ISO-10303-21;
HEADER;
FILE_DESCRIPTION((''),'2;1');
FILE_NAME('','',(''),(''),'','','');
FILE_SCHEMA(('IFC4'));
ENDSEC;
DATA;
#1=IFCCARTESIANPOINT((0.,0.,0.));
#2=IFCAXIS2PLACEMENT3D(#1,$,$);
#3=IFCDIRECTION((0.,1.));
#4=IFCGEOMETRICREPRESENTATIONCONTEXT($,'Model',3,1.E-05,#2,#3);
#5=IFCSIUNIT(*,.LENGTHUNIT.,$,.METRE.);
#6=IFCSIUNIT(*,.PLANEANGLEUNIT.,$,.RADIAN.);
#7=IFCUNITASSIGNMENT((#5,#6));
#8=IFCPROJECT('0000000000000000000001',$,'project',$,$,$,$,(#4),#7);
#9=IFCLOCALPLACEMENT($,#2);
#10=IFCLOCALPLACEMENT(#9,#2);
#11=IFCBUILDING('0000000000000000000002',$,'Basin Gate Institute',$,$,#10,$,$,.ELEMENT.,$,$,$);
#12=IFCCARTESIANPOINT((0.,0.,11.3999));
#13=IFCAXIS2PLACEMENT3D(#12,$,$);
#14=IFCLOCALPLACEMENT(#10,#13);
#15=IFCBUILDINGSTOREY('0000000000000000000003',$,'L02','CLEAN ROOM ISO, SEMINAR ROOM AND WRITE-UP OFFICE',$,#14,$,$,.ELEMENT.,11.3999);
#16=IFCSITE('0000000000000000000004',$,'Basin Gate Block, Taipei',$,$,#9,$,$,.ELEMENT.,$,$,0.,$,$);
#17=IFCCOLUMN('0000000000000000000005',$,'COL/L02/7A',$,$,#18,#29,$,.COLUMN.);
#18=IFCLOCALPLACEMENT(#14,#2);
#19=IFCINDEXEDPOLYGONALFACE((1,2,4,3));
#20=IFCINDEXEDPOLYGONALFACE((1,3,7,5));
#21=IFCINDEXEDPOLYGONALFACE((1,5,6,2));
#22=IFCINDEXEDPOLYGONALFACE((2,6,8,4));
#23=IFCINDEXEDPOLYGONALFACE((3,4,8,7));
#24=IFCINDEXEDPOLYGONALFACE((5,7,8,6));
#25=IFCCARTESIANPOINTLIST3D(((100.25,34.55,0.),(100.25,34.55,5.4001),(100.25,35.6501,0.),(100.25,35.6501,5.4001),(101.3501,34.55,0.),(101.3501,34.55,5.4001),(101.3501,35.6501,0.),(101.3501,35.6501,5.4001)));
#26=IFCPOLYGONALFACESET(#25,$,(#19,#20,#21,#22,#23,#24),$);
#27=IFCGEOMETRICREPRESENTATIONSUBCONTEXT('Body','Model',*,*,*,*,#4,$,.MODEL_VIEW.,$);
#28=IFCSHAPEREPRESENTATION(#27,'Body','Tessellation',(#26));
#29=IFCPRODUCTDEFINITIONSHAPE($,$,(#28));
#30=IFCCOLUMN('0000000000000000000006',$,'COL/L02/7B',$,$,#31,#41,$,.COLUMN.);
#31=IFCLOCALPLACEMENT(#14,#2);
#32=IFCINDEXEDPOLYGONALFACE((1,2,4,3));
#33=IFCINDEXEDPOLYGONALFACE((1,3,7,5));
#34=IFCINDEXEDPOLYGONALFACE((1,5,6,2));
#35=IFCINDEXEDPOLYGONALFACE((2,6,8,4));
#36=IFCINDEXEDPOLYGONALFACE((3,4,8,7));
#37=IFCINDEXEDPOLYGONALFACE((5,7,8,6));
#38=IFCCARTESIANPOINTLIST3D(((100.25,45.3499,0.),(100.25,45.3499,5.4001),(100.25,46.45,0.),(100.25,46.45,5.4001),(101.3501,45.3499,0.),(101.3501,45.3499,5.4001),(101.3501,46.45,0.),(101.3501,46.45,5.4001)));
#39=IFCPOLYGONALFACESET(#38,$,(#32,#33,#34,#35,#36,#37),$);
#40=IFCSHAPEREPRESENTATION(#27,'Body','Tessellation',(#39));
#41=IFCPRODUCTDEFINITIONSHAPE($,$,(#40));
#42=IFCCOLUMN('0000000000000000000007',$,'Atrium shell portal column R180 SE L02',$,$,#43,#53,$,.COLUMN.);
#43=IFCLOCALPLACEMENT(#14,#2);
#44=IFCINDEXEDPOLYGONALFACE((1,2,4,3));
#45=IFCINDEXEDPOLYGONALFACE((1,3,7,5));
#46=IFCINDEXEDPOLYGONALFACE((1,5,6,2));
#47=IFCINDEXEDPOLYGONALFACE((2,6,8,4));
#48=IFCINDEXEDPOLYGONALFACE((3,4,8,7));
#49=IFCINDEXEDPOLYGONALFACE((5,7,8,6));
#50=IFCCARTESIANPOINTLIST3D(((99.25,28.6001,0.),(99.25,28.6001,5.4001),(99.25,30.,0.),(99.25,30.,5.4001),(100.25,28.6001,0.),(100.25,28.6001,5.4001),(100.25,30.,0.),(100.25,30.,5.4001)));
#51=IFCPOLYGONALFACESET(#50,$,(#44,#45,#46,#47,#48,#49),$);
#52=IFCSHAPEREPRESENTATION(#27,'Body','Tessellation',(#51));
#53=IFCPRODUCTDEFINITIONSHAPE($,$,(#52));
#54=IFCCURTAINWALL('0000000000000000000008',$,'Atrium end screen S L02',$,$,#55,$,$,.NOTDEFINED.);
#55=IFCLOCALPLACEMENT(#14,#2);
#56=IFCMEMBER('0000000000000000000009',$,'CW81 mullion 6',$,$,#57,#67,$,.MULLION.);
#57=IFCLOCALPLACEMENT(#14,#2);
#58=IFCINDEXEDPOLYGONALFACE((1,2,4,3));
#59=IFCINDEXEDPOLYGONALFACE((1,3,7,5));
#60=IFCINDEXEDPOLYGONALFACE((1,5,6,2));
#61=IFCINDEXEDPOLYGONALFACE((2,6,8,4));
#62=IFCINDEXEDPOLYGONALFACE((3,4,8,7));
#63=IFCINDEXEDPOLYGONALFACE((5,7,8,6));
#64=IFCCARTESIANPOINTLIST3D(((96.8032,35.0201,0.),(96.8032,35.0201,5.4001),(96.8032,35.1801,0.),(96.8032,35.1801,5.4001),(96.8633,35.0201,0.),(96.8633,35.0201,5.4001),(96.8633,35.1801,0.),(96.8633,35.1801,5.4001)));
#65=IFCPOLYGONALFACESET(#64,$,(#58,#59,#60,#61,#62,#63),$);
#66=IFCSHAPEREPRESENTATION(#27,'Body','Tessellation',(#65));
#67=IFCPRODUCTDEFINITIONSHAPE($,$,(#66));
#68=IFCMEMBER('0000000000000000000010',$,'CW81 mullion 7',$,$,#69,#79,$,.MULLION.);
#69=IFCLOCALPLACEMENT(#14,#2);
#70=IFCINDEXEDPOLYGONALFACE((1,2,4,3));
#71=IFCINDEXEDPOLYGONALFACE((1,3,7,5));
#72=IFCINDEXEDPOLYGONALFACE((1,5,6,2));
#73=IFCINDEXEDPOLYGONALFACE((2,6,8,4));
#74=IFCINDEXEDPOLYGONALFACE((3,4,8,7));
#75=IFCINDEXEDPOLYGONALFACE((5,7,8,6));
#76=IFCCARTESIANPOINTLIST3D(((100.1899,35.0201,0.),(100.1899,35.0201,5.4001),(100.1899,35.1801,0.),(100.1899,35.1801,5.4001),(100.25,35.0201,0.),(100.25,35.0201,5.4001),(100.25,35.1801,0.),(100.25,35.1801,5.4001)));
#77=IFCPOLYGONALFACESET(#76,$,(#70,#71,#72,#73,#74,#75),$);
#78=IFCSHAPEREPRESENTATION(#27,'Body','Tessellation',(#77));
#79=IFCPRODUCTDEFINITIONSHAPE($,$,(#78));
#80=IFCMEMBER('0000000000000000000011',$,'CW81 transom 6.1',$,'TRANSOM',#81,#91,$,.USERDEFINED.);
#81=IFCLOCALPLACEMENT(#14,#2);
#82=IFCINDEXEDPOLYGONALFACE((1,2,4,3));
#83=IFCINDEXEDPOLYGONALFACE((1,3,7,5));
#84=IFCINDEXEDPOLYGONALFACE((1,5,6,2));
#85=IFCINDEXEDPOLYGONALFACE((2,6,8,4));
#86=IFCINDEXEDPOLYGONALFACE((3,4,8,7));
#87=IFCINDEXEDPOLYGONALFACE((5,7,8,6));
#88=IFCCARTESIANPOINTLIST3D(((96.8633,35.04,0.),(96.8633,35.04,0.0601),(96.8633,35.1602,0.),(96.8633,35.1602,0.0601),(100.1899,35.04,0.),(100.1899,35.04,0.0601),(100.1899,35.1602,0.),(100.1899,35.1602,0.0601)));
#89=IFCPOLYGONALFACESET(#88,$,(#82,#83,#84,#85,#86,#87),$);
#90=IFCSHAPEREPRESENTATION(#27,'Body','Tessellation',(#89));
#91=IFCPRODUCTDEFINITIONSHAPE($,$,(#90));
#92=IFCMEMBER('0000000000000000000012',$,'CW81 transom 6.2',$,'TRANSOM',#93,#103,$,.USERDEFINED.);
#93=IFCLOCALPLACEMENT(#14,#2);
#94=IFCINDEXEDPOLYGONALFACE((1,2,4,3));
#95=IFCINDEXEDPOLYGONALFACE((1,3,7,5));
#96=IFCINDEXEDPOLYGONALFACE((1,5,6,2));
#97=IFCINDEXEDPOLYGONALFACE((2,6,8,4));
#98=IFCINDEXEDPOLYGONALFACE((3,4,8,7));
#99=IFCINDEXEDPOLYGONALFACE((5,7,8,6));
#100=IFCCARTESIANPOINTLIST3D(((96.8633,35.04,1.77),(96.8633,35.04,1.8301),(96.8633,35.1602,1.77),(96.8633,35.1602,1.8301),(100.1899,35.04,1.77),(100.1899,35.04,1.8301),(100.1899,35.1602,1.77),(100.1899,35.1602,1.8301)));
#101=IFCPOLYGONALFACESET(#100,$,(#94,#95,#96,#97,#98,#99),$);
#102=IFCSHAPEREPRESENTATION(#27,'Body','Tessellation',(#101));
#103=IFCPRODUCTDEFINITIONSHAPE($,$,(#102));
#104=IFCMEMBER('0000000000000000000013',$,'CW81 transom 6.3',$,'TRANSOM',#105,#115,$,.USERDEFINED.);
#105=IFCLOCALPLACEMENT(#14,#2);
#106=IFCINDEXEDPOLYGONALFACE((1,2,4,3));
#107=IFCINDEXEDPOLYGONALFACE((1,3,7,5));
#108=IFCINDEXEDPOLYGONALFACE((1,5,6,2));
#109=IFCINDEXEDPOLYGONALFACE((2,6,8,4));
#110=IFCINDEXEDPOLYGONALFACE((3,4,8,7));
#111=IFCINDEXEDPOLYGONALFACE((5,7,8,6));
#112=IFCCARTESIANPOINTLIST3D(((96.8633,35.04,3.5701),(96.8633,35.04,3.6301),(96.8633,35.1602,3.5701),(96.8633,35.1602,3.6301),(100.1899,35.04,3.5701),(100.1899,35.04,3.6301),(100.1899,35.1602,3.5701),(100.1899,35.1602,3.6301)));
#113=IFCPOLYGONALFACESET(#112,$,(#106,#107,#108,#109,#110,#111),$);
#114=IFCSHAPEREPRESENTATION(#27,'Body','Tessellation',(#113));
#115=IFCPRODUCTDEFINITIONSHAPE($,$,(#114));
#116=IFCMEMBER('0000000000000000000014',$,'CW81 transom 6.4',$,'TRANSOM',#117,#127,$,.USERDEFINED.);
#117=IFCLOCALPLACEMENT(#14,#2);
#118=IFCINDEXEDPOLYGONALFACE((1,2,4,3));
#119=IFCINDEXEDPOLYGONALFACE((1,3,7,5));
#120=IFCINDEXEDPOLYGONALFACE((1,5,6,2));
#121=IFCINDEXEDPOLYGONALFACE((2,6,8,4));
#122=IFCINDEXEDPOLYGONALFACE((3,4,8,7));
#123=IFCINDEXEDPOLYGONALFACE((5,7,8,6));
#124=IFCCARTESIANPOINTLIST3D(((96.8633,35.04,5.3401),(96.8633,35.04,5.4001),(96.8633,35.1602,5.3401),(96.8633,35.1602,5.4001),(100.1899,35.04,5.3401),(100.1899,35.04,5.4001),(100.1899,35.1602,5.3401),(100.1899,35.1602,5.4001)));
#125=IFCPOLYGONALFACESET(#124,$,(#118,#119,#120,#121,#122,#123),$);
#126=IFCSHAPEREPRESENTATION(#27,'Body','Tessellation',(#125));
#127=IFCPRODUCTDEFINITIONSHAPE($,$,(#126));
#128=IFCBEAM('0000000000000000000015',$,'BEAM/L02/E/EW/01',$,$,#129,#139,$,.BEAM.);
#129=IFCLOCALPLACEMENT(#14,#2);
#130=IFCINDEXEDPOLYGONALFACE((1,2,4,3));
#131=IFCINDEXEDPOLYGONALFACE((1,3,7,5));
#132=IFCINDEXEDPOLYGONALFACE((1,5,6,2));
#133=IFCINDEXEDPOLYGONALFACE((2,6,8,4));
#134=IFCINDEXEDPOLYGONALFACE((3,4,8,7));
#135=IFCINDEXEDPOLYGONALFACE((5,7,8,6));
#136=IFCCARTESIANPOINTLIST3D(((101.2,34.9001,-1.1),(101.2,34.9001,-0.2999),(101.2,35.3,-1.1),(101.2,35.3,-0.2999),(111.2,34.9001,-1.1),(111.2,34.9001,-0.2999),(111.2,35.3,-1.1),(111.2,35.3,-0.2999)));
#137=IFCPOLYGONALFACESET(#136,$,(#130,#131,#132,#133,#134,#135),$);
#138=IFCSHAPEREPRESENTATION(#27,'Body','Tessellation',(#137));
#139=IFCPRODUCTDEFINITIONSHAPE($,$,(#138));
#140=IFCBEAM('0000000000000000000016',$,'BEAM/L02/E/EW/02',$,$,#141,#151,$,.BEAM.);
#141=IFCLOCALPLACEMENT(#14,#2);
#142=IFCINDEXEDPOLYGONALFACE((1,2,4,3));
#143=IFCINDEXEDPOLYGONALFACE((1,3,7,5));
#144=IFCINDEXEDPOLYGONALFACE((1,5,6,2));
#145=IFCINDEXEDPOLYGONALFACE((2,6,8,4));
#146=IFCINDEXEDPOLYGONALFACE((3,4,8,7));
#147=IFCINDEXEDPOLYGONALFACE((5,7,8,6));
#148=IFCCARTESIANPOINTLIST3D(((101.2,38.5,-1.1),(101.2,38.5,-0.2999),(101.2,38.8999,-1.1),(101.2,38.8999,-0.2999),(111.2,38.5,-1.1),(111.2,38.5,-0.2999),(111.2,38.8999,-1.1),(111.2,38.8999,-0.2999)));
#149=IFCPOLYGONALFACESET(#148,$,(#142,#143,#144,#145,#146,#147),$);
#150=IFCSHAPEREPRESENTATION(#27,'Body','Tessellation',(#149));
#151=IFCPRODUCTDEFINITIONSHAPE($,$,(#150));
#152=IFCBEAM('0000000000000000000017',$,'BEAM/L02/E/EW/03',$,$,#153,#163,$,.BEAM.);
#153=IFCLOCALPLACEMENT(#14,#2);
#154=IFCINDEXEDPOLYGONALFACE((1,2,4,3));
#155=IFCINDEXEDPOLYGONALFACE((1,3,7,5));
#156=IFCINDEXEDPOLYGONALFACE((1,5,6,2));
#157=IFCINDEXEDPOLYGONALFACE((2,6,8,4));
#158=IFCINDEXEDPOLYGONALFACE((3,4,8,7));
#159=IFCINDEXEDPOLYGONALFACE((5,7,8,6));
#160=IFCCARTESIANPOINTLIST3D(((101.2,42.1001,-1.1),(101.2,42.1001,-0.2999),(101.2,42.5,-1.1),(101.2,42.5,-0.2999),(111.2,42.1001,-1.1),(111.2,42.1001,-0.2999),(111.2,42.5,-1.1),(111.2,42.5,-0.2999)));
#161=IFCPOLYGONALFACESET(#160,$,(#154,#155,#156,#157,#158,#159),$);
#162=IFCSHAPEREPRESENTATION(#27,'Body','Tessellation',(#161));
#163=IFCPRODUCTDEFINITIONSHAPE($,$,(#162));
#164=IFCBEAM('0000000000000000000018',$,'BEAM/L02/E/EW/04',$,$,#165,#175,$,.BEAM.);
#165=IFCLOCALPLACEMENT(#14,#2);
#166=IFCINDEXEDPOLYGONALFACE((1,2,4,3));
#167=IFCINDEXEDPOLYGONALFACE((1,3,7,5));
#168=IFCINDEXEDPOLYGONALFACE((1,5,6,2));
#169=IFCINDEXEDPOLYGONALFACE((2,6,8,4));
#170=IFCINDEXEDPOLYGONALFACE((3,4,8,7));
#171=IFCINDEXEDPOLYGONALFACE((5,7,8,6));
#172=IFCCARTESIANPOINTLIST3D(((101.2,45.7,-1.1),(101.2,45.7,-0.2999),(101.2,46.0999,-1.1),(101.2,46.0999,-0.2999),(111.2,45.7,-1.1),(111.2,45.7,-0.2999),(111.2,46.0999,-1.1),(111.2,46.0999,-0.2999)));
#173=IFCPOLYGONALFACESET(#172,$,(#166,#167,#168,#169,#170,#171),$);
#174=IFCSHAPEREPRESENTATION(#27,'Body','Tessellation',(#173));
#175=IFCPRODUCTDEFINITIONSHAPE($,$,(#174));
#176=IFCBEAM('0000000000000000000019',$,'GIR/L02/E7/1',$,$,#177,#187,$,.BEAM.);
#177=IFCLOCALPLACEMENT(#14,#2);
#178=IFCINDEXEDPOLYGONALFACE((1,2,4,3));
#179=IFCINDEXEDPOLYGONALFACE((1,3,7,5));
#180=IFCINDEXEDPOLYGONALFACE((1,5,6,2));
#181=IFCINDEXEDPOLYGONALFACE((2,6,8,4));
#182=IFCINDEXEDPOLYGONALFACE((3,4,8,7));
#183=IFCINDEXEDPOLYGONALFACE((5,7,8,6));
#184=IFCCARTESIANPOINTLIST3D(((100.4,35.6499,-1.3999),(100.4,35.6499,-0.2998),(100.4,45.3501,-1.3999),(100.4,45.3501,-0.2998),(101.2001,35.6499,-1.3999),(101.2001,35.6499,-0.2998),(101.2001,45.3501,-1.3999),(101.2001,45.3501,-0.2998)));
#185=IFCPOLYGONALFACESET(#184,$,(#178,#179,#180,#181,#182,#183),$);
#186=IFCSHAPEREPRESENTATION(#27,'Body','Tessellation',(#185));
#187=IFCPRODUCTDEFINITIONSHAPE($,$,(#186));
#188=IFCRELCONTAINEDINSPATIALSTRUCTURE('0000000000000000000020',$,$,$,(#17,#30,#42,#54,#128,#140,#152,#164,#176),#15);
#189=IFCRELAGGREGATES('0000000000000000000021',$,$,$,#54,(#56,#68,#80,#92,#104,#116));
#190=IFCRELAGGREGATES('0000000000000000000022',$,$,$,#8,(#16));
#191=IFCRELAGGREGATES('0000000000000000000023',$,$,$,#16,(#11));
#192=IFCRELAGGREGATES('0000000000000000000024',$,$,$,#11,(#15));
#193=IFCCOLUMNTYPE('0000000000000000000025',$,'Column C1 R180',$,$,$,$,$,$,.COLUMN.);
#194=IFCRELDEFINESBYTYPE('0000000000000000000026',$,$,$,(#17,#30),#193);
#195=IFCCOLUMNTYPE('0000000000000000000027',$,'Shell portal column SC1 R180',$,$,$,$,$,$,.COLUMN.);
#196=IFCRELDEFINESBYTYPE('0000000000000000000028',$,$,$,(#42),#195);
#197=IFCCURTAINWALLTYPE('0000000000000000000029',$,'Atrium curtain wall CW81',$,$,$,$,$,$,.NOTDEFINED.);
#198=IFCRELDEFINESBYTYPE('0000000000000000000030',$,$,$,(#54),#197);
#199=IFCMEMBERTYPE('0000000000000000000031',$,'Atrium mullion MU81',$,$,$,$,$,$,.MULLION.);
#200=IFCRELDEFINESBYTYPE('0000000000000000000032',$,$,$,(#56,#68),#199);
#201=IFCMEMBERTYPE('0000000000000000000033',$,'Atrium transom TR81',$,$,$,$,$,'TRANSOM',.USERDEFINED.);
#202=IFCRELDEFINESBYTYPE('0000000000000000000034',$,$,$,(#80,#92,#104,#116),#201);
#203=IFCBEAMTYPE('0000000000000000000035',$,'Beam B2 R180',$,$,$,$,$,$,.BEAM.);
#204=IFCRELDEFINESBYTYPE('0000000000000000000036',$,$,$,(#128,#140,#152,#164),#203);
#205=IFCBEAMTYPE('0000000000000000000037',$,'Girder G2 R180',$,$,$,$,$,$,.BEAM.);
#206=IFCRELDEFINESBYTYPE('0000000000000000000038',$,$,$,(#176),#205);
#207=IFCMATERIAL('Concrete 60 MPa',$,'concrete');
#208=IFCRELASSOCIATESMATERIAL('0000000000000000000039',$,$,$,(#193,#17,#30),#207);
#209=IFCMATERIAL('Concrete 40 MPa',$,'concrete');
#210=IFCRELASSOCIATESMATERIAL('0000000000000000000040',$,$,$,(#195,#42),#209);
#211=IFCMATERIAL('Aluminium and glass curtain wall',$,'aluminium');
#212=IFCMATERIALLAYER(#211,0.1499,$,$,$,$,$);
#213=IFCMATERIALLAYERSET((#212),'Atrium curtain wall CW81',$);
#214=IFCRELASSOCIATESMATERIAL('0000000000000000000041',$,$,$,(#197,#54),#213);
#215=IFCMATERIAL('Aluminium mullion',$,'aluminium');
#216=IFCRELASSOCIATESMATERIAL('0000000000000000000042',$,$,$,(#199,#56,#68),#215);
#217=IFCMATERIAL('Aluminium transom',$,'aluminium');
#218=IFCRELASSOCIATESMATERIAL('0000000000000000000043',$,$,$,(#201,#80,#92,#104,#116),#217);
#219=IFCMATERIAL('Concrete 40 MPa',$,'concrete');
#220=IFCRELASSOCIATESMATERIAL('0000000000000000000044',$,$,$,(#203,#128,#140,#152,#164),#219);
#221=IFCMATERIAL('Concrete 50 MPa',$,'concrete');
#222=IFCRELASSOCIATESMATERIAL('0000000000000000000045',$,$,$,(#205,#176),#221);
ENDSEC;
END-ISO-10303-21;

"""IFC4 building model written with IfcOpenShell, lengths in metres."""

from ifc_helpers import new_model, si_unit, direction, frame, origin, origin_2d, place, context, subcontext, project, spatial, rectangle, extrude, material, layer, layer_set, material_profile, profile_set, type_object, element, aggregate, save


model = new_model("IFC4")

# Units and contexts
model_context = context("Model", 3, precision=1e-05, world=origin(), true_north=direction((0.0, 1.0)))
body_context = subcontext(model_context, "Body", "Model", "MODEL_VIEW")
ifc_project = project(units=[si_unit("LENGTHUNIT", "METRE"), si_unit("PLANEANGLEUNIT", "RADIAN")], contexts=[model_context])

# Site, building, storey
site_placement = place(None, origin())
site = spatial("IfcSite", under=ifc_project, at=site_placement, Name="Basin Gate Block, Taipei", CompositionType="ELEMENT", RefElevation=0.0)
building_placement = place(site_placement, origin())
building = spatial("IfcBuilding", under=site, at=building_placement, Name="Basin Gate Institute", CompositionType="ELEMENT")
storey_placement = place(building_placement, frame((0.0, 0.0, 11.3999)))
storey = spatial("IfcBuildingStorey", under=building, at=storey_placement, Name="L02", Description="CLEAN ROOM ISO, SEMINAR ROOM AND WRITE-UP OFFICE", CompositionType="ELEMENT", Elevation=11.3999)

# Columns
ifc_material_1 = material(Name="Concrete 60 MPa", Category="concrete")
ifc_material_profile_1 = material_profile(ifc_material_1, rectangle(XDim=1.1001, YDim=1.1001, at=origin_2d()), Name="Column C1 1100 x 1100")
ifc_profile_set_1 = profile_set([ifc_material_profile_1], Name="Concrete 60 MPa")
column_type_1 = type_object("IfcColumnType", Name="Column C1 R180", PredefinedType="COLUMN", material=ifc_profile_set_1)
for number, where, z_axis, x_axis, name in (
    (1, (100.8, 35.1001, 0.0), (0.0, 0.0, 1.0), (1.0, 0.0, 0.0), "COL/L02/7A"),
    (2, (100.8, 45.8999, 0.0), (0.0, 0.0, 1.0), (1.0, 0.0, 0.0), "COL/L02/7B"),
):
    element("IfcColumn", number, at=place(storey_placement, frame(where, z_axis=z_axis, x_axis=x_axis)), inside=storey, type_object=column_type_1, material=ifc_profile_set_1, Name=name, PredefinedType="COLUMN", context=body_context, shape_type="SweptSolid", body=[
        extrude(rectangle(XDim=1.1001, YDim=1.1001, at=origin_2d()), origin(), (0.0, 0.0, 1.0), 5.4001),
    ])
ifc_material_2 = material(Name="Concrete 40 MPa", Category="concrete")
ifc_material_profile_2 = material_profile(ifc_material_2, rectangle(XDim=1.0, YDim=1.3999, at=origin_2d()), Name="Shell portal column SC1 1000 x 1400")
ifc_profile_set_2 = profile_set([ifc_material_profile_2], Name="Concrete 40 MPa")
column_type_2 = type_object("IfcColumnType", Name="Shell portal column SC1 R180", PredefinedType="COLUMN", material=ifc_profile_set_2)
column_placement = place(storey_placement, frame((99.75, 29.3, 0.0), z_axis=(0.0, 0.0, 1.0), x_axis=(1.0, 0.0, 0.0)))
element("IfcColumn", 3, at=column_placement, inside=storey, type_object=column_type_2, material=ifc_profile_set_2, Name="Atrium shell portal column R180 SE L02", PredefinedType="COLUMN", context=body_context, shape_type="SweptSolid", body=[
    extrude(rectangle(XDim=1.0, YDim=1.3999, at=origin_2d()), origin(), (0.0, 0.0, 1.0), 5.4001),
])

# Curtain wall, members
ifc_material_3 = material(Name="Aluminium and glass curtain wall", Category="aluminium")
ifc_layer_1 = layer(ifc_material_3, 0.1499)
ifc_layer_set_1 = layer_set([ifc_layer_1], Name="Atrium curtain wall CW81")
curtain_wall_type = type_object("IfcCurtainWallType", Name="Atrium curtain wall CW81", PredefinedType="NOTDEFINED", material=ifc_layer_set_1)
curtain_wall_placement = place(storey_placement, origin())
curtain_wall = element("IfcCurtainWall", 4, at=curtain_wall_placement, inside=storey, type_object=curtain_wall_type, material=ifc_layer_set_1, Name="Atrium end screen S L02", PredefinedType="NOTDEFINED")
ifc_material_4 = material(Name="Aluminium mullion", Category="aluminium")
ifc_material_profile_3 = material_profile(ifc_material_4, rectangle(XDim=0.1599, YDim=0.0601, at=origin_2d()), Name="Atrium mullion MU81 160 x 60")
ifc_profile_set_3 = profile_set([ifc_material_profile_3], Name="Aluminium mullion")
member_type_1 = type_object("IfcMemberType", Name="Atrium mullion MU81", PredefinedType="MULLION", material=ifc_profile_set_3)
member_1_placement = place(storey_placement, frame((96.8333, 35.1001, 0.0), z_axis=(0.0, 0.0, 1.0), x_axis=(0.0, 1.0, 0.0)))
member_1 = element("IfcMember", 5, at=member_1_placement, type_object=member_type_1, material=ifc_profile_set_3, Name="CW81 mullion 6", PredefinedType="MULLION", context=body_context, shape_type="SweptSolid", body=[
    extrude(rectangle(XDim=0.1599, YDim=0.0601, at=origin_2d()), origin(), (0.0, 0.0, 1.0), 5.4001),
])
member_2_placement = place(storey_placement, frame((100.22, 35.1001, 0.0), z_axis=(0.0, 0.0, 1.0), x_axis=(0.0, 1.0, 0.0)))
member_2 = element("IfcMember", 6, at=member_2_placement, type_object=member_type_1, material=ifc_profile_set_3, Name="CW81 mullion 7", PredefinedType="MULLION", context=body_context, shape_type="SweptSolid", body=[
    extrude(rectangle(XDim=0.1599, YDim=0.0601, at=origin_2d()), origin(), (0.0, 0.0, 1.0), 5.4001),
])
ifc_material_5 = material(Name="Aluminium transom", Category="aluminium")
ifc_material_profile_4 = material_profile(ifc_material_5, rectangle(XDim=0.1201, YDim=0.0601, at=origin_2d()), Name="Atrium transom TR81 120 x 60")
ifc_profile_set_4 = profile_set([ifc_material_profile_4], Name="Aluminium transom")
member_type_2 = type_object("IfcMemberType", Name="Atrium transom TR81", ElementType="TRANSOM", PredefinedType="USERDEFINED", material=ifc_profile_set_4)
member_3_placement = place(storey_placement, frame((96.8633, 35.1001, 0.03), z_axis=(1.0, 0.0, 0.0), x_axis=(0.0, 1.0, 0.0)))
member_3 = element("IfcMember", 7, at=member_3_placement, type_object=member_type_2, material=ifc_profile_set_4, Name="CW81 transom 6.1", ObjectType="TRANSOM", PredefinedType="USERDEFINED", context=body_context, shape_type="SweptSolid", body=[
    extrude(rectangle(XDim=0.1201, YDim=0.0601, at=origin_2d()), origin(), (0.0, 0.0, 1.0), 3.3267),
])
member_4_placement = place(storey_placement, frame((96.8633, 35.1001, 1.8), z_axis=(1.0, 0.0, 0.0), x_axis=(0.0, 1.0, 0.0)))
member_4 = element("IfcMember", 8, at=member_4_placement, type_object=member_type_2, material=ifc_profile_set_4, Name="CW81 transom 6.2", ObjectType="TRANSOM", PredefinedType="USERDEFINED", context=body_context, shape_type="SweptSolid", body=[
    extrude(rectangle(XDim=0.1201, YDim=0.0601, at=origin_2d()), origin(), (0.0, 0.0, 1.0), 3.3267),
])
member_5_placement = place(storey_placement, frame((96.8633, 35.1001, 3.6001), z_axis=(1.0, 0.0, 0.0), x_axis=(0.0, 1.0, 0.0)))
member_5 = element("IfcMember", 9, at=member_5_placement, type_object=member_type_2, material=ifc_profile_set_4, Name="CW81 transom 6.3", ObjectType="TRANSOM", PredefinedType="USERDEFINED", context=body_context, shape_type="SweptSolid", body=[
    extrude(rectangle(XDim=0.1201, YDim=0.0601, at=origin_2d()), origin(), (0.0, 0.0, 1.0), 3.3267),
])
member_6_placement = place(storey_placement, frame((96.8633, 35.1001, 5.3701), z_axis=(1.0, 0.0, 0.0), x_axis=(0.0, 1.0, 0.0)))
member_6 = element("IfcMember", 10, at=member_6_placement, type_object=member_type_2, material=ifc_profile_set_4, Name="CW81 transom 6.4", ObjectType="TRANSOM", PredefinedType="USERDEFINED", context=body_context, shape_type="SweptSolid", body=[
    extrude(rectangle(XDim=0.1201, YDim=0.0601, at=origin_2d()), origin(), (0.0, 0.0, 1.0), 3.3267),
])

# Beams
ifc_material_6 = material(Name="Concrete 40 MPa", Category="concrete")
ifc_material_profile_5 = material_profile(ifc_material_6, rectangle(XDim=0.3999, YDim=0.8, at=origin_2d()), Name="Beam B2 400 x 800")
ifc_profile_set_5 = profile_set([ifc_material_profile_5], Name="Concrete 40 MPa")
beam_type_1 = type_object("IfcBeamType", Name="Beam B2 R180", PredefinedType="BEAM", material=ifc_profile_set_5)
for number, where, z_axis, x_axis, name in (
    (11, (111.2, 35.1001, -0.7), (-1.0, 0.0, 0.0), (0.0, -1.0, 0.0), "BEAM/L02/E/EW/01"),
    (12, (111.2, 38.7, -0.7), (-1.0, 0.0, 0.0), (0.0, -1.0, 0.0), "BEAM/L02/E/EW/02"),
    (13, (111.2, 42.3, -0.7), (-1.0, 0.0, 0.0), (0.0, -1.0, 0.0), "BEAM/L02/E/EW/03"),
    (14, (111.2, 45.8999, -0.7), (-1.0, 0.0, 0.0), (0.0, -1.0, 0.0), "BEAM/L02/E/EW/04"),
):
    element("IfcBeam", number, at=place(storey_placement, frame(where, z_axis=z_axis, x_axis=x_axis)), inside=storey, type_object=beam_type_1, material=ifc_profile_set_5, Name=name, PredefinedType="BEAM", context=body_context, shape_type="SweptSolid", body=[
        extrude(rectangle(XDim=0.3999, YDim=0.8, at=origin_2d()), origin(), (0.0, 0.0, 1.0), 10.0),
    ])
ifc_material_7 = material(Name="Concrete 50 MPa", Category="concrete")
ifc_material_profile_6 = material_profile(ifc_material_7, rectangle(XDim=0.8, YDim=1.1001, at=origin_2d()), Name="Girder G2 800 x 1100")
ifc_profile_set_6 = profile_set([ifc_material_profile_6], Name="Concrete 50 MPa")
beam_type_2 = type_object("IfcBeamType", Name="Girder G2 R180", PredefinedType="BEAM", material=ifc_profile_set_6)
beam_1_placement = place(storey_placement, frame((100.8, 35.6499, -0.8499), z_axis=(0.0, 1.0, 0.0), x_axis=(-1.0, 0.0, 0.0)))
element("IfcBeam", 15, at=beam_1_placement, inside=storey, type_object=beam_type_2, material=ifc_profile_set_6, Name="GIR/L02/E7/1", PredefinedType="BEAM", context=body_context, shape_type="SweptSolid", body=[
    extrude(rectangle(XDim=0.8, YDim=1.1001, at=origin_2d()), origin(), (0.0, 0.0, 1.0), 9.7002),
])

aggregate(curtain_wall, [member_1, member_2, member_3, member_4, member_5, member_6])

save(model, "model.ifc")
